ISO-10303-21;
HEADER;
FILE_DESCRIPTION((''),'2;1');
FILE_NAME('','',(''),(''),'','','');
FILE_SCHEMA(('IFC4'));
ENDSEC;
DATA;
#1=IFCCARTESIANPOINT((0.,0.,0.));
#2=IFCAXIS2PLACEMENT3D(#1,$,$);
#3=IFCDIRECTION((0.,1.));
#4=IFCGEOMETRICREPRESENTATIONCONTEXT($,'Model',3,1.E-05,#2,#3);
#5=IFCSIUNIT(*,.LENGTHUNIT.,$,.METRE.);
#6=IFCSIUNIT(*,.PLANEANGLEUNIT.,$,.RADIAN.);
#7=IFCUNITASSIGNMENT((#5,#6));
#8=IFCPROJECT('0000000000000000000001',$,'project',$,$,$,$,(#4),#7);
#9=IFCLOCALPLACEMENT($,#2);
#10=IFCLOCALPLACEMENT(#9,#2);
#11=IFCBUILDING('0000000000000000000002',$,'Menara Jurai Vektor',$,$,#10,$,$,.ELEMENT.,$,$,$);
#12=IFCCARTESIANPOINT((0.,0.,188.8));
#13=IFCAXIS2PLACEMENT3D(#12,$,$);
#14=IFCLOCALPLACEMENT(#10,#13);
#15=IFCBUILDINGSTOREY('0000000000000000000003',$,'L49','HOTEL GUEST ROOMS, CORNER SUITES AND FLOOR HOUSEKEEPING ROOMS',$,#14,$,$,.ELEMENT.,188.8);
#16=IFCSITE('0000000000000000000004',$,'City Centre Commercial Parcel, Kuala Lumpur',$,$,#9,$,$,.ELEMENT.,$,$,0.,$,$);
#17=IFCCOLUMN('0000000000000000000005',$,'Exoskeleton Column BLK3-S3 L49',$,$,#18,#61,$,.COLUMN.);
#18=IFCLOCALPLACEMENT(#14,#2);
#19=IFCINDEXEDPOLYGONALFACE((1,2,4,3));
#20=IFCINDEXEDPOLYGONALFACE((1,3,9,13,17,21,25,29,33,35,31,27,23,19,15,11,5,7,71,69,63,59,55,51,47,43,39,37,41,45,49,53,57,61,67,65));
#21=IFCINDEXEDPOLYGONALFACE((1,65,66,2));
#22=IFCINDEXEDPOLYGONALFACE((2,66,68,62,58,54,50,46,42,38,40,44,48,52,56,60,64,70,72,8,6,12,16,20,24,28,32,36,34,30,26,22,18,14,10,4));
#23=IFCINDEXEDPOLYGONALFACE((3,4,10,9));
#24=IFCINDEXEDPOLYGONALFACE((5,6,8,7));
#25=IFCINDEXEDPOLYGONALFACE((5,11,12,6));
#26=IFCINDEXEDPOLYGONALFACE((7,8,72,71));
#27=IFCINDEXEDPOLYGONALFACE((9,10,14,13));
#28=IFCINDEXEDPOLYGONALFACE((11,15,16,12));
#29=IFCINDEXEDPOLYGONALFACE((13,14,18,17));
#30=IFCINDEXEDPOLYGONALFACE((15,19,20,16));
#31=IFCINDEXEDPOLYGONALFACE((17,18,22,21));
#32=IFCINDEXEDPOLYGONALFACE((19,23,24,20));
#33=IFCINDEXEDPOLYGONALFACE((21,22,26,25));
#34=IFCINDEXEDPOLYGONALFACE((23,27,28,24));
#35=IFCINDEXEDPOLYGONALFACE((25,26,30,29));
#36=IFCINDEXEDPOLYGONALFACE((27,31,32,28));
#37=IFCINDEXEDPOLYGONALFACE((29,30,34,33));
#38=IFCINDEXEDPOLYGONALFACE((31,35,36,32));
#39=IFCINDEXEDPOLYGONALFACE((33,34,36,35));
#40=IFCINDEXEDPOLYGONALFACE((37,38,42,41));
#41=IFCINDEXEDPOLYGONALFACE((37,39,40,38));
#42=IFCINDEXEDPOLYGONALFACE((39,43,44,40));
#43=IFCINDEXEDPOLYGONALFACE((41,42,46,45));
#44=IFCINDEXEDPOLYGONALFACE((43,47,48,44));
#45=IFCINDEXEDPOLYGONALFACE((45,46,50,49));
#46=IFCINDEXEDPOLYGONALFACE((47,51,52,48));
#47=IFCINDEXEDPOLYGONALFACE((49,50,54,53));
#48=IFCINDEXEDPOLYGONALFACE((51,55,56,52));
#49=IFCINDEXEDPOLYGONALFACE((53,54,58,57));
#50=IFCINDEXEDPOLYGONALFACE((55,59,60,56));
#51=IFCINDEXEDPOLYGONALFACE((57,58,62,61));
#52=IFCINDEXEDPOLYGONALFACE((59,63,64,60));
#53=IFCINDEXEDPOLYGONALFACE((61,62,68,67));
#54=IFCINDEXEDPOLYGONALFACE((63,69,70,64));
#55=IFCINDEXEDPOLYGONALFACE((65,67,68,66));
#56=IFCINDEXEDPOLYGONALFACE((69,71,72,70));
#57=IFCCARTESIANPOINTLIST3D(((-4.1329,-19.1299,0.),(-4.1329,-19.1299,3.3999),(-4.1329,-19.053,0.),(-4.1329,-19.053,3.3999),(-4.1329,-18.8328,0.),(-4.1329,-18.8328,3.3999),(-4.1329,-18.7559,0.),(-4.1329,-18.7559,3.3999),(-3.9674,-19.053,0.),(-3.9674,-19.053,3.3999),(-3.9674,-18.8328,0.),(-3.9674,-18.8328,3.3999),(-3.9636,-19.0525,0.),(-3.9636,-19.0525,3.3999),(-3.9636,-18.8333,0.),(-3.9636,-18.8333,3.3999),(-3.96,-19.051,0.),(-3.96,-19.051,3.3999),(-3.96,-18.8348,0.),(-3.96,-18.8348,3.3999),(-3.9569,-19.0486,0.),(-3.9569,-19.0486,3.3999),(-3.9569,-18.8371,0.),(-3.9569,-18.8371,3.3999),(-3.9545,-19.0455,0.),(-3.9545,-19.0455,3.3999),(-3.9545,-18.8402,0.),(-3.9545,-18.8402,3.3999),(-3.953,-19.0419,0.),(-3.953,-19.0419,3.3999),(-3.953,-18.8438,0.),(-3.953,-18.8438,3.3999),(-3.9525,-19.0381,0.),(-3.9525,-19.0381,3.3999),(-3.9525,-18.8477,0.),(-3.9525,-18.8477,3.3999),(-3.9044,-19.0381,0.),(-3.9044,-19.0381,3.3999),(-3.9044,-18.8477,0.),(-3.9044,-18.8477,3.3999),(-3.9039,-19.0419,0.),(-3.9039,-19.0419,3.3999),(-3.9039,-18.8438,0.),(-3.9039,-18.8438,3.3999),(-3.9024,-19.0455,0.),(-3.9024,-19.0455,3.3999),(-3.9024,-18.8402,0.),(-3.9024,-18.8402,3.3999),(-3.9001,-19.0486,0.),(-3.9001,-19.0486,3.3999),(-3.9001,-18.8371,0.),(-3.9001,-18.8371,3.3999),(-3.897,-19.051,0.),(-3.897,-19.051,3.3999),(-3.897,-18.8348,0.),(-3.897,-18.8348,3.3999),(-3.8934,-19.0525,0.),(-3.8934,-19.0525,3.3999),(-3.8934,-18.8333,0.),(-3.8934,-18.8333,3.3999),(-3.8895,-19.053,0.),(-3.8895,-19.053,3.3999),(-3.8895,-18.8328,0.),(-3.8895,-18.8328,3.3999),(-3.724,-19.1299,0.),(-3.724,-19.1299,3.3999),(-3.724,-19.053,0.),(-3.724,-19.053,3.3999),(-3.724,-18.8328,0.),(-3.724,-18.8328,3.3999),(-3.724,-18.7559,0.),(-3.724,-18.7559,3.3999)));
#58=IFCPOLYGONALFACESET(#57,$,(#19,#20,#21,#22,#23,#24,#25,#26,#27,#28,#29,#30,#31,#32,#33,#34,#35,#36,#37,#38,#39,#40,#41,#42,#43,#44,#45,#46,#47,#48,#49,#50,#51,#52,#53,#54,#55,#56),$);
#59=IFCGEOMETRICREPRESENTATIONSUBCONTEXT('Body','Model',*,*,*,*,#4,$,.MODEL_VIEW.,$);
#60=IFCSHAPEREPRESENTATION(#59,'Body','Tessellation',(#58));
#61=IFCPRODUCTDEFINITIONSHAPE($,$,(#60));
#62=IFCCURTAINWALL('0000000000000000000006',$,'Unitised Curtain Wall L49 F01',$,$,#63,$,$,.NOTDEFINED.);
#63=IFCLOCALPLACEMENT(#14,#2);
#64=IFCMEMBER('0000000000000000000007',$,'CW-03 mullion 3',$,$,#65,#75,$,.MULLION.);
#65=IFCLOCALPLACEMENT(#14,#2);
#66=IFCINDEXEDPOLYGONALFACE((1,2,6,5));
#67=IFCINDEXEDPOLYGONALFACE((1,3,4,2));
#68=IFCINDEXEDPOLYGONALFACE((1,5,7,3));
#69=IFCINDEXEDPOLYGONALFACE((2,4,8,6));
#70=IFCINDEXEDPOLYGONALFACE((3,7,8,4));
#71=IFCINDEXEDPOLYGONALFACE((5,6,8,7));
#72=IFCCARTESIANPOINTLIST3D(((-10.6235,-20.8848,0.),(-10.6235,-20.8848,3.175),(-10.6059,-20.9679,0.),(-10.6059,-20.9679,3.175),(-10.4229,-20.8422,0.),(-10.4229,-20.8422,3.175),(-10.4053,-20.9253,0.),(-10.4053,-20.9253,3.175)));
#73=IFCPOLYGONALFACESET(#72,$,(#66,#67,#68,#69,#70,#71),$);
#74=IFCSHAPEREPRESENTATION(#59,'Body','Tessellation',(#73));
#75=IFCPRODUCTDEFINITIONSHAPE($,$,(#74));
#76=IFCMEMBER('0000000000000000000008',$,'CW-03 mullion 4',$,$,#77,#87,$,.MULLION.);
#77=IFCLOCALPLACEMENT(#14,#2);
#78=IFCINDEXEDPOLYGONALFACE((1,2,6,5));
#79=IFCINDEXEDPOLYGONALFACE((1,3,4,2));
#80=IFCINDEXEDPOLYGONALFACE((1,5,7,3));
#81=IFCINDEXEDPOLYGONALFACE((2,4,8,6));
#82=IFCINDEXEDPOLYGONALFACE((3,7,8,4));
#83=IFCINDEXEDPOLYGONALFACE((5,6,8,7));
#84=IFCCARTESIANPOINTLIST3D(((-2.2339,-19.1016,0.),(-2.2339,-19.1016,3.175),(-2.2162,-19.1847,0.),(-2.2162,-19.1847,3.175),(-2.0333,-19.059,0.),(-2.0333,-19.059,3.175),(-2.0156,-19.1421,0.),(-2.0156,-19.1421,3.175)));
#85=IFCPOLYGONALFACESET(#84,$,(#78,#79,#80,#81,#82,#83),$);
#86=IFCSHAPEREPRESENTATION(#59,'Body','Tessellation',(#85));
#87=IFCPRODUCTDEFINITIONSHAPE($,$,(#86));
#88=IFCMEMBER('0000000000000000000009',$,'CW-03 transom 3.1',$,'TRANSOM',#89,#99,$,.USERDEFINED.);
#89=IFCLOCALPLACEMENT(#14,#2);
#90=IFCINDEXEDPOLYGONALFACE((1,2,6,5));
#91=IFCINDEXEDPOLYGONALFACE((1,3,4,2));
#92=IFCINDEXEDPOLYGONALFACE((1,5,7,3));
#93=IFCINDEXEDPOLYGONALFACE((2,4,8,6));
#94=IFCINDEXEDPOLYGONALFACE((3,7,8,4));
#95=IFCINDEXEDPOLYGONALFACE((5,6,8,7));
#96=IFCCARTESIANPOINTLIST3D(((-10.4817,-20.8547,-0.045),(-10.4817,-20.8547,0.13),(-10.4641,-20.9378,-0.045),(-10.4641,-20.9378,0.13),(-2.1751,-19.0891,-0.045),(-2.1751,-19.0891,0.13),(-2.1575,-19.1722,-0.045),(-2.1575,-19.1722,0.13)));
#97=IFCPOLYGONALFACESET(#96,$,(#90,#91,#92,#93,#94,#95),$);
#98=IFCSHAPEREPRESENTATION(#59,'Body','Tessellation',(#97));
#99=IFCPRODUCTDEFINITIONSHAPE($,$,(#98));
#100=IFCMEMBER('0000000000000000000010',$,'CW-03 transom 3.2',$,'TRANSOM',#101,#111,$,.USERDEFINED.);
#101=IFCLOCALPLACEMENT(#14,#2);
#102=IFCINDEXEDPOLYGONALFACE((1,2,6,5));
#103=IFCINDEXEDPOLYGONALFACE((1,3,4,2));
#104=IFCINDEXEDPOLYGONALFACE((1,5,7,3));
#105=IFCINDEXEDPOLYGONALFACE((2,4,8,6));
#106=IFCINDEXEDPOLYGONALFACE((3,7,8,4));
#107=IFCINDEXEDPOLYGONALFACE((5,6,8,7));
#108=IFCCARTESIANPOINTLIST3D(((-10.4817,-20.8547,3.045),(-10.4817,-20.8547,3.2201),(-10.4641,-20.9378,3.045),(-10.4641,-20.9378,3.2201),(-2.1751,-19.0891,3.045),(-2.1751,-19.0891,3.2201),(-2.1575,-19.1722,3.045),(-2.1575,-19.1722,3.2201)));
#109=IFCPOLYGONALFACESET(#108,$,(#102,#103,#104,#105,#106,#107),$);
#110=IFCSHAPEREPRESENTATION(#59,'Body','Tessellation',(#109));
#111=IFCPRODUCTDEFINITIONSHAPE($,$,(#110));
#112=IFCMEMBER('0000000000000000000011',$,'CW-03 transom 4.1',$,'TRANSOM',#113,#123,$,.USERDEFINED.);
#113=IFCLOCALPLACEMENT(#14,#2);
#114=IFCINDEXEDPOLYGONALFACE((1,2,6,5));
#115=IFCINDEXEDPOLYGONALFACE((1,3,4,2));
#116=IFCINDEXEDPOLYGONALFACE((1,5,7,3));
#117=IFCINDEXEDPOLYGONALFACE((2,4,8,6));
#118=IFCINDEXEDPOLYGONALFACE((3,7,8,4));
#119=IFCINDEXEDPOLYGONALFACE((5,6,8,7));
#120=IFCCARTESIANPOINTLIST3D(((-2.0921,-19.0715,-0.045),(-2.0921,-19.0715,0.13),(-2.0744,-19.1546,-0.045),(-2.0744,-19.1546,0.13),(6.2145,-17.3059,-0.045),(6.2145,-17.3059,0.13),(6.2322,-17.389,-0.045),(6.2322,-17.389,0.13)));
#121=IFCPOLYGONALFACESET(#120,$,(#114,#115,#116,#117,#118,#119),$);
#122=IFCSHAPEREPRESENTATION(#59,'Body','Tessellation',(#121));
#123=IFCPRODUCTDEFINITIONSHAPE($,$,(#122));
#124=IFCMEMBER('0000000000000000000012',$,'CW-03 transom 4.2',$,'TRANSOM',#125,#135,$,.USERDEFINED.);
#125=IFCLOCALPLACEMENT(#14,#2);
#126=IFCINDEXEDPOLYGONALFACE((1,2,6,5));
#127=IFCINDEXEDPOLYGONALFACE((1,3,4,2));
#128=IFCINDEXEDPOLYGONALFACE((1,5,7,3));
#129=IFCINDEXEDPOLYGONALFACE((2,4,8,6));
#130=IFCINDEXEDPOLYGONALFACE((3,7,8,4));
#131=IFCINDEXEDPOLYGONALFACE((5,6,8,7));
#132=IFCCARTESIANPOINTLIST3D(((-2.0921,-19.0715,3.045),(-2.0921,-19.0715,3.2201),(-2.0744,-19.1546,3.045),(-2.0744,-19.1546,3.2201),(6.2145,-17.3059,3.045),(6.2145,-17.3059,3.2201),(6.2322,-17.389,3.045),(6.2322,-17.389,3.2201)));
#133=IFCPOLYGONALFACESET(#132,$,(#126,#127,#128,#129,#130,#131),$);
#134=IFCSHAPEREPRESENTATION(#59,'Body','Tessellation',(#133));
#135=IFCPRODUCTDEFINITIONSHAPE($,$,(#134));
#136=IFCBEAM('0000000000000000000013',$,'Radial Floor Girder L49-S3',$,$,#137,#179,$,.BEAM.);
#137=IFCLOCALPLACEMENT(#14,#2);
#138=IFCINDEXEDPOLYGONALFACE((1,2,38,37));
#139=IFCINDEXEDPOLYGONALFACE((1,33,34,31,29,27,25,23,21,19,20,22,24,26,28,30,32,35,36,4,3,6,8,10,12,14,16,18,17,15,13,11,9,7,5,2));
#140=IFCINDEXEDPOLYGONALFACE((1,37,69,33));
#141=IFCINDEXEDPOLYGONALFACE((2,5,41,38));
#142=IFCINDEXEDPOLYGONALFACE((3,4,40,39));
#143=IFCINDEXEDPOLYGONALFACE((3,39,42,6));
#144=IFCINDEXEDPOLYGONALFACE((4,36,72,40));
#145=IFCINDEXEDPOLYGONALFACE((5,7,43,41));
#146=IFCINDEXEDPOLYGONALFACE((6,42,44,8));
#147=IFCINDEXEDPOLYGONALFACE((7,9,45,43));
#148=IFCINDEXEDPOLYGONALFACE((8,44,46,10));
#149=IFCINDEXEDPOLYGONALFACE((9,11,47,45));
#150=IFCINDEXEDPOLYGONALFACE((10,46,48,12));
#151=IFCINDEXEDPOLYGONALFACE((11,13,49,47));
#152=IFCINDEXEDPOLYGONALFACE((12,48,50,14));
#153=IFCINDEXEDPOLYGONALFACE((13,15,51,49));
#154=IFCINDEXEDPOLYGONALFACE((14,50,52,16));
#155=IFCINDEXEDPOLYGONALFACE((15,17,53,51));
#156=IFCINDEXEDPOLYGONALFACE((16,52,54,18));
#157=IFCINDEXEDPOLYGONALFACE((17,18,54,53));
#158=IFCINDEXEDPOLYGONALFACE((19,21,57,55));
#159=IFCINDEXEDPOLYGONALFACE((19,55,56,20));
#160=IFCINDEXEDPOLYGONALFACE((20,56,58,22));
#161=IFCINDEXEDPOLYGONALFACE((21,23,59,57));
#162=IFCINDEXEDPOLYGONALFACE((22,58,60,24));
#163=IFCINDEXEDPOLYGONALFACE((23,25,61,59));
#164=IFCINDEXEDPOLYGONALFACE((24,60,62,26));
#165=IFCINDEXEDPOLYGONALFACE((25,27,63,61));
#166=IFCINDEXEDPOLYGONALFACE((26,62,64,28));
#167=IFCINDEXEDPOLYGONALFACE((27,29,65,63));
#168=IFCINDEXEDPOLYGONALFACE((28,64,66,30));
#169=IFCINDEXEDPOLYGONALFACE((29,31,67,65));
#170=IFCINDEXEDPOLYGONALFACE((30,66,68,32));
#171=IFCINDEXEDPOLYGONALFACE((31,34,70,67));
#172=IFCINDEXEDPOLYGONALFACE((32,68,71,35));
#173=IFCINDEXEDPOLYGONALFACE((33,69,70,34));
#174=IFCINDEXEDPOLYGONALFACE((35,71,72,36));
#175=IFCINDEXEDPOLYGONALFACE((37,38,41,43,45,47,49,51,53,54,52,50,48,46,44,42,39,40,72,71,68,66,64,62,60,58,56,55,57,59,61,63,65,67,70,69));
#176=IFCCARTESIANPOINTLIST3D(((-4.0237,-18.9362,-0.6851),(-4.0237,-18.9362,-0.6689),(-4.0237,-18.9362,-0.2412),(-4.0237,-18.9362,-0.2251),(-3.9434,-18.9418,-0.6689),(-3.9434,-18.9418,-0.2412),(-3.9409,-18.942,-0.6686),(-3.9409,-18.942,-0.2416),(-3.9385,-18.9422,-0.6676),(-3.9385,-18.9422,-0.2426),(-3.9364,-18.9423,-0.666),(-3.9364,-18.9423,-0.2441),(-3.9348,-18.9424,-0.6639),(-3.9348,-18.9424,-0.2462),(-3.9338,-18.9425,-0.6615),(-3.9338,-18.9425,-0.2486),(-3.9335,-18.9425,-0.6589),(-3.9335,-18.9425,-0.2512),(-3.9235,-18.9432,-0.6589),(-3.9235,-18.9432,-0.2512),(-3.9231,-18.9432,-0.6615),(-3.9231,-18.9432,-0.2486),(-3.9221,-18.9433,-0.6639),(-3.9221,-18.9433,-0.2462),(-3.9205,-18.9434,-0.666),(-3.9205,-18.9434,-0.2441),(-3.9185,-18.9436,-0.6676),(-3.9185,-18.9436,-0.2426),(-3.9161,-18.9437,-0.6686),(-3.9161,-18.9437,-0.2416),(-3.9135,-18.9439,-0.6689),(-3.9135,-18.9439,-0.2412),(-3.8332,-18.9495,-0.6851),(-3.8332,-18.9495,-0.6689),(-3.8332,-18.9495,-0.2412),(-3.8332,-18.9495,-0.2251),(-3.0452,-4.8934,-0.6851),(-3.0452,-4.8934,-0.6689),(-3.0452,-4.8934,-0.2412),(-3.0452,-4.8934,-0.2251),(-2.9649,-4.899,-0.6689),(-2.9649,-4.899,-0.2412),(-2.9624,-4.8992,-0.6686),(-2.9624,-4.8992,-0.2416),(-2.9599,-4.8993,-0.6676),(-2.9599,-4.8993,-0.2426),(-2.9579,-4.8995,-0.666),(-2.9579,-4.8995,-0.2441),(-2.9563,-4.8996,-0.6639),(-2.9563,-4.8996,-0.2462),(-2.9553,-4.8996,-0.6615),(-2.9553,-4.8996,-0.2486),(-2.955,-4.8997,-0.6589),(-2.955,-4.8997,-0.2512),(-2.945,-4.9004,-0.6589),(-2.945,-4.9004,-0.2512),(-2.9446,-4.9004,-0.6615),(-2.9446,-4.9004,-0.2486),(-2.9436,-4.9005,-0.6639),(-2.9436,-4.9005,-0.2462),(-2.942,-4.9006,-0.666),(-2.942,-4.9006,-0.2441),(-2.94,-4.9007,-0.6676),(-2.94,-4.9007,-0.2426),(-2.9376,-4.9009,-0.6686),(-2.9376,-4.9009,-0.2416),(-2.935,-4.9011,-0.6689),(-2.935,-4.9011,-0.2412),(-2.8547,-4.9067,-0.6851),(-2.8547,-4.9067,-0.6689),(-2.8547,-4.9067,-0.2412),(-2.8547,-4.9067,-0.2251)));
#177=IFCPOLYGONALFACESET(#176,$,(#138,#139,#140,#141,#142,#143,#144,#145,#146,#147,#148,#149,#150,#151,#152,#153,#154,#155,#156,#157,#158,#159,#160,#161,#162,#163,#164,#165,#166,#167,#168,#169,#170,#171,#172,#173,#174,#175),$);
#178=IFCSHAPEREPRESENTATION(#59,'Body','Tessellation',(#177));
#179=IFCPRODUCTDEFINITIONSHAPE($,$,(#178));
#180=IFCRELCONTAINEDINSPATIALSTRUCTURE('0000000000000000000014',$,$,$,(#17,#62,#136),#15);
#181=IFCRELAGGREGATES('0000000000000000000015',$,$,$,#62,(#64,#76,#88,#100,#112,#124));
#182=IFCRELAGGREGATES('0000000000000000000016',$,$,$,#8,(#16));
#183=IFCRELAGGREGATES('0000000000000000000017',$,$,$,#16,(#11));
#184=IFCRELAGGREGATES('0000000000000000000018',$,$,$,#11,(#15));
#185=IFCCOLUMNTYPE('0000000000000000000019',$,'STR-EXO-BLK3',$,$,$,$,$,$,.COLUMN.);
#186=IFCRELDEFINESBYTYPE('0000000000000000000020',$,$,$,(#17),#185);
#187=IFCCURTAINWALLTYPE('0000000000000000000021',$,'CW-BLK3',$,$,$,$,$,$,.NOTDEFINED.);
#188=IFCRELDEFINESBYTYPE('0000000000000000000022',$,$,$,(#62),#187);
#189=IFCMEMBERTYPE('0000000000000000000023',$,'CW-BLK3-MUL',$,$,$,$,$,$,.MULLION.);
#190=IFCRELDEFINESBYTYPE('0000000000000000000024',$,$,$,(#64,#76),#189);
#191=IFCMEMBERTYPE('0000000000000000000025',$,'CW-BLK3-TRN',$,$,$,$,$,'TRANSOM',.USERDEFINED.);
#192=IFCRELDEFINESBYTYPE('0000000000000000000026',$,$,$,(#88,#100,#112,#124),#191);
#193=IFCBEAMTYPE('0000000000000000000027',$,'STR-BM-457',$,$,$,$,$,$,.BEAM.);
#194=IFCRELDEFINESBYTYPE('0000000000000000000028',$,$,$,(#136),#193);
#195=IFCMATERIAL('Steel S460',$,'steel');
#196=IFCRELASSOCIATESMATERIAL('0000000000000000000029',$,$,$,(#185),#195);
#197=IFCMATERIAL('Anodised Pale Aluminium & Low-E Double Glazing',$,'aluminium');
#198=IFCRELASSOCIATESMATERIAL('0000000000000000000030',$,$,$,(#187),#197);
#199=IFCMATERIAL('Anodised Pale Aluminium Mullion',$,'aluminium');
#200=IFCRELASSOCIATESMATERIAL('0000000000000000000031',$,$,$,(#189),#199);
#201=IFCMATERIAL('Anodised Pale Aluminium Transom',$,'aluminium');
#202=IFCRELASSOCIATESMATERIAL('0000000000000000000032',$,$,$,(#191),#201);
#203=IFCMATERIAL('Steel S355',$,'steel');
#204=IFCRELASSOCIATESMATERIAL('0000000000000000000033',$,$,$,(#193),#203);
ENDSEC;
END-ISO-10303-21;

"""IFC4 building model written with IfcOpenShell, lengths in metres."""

from ifc_helpers import new_model, si_unit, direction, frame, origin, origin_2d, place, context, subcontext, project, spatial, rectangle, i_section, extrude, material, material_profile, profile_set, type_object, element, aggregate, save


model = new_model("IFC4")

# Units and contexts
model_context = context("Model", 3, precision=1e-05, world=origin(), true_north=direction((0.0, 1.0)))
body_context = subcontext(model_context, "Body", "Model", "MODEL_VIEW")
ifc_project = project(units=[si_unit("LENGTHUNIT", "METRE"), si_unit("PLANEANGLEUNIT", "RADIAN")], contexts=[model_context])

# Site, building, storey
site_placement = place(None, origin())
site = spatial("IfcSite", under=ifc_project, at=site_placement, Name="City Centre Commercial Parcel, Kuala Lumpur", CompositionType="ELEMENT", RefElevation=0.0)
building_placement = place(site_placement, origin())
building = spatial("IfcBuilding", under=site, at=building_placement, Name="Menara Jurai Vektor", CompositionType="ELEMENT")
storey_placement = place(building_placement, frame((0.0, 0.0, 188.8)))
storey = spatial("IfcBuildingStorey", under=building, at=storey_placement, Name="L49", Description="HOTEL GUEST ROOMS, CORNER SUITES AND FLOOR HOUSEKEEPING ROOMS", CompositionType="ELEMENT", Elevation=188.8)

# Column
ifc_material_1 = material(Name="Steel S460", Category="steel")
ifc_material_profile_1 = material_profile(ifc_material_1, i_section(OverallWidth=0.4089, OverallDepth=0.374, WebThickness=0.0481, FlangeThickness=0.0769, FilletRadius=0.0149, at=origin_2d()), Name="HD 400x634")
ifc_profile_set_1 = profile_set([ifc_material_profile_1], Name="Steel S460")
column_type = type_object("IfcColumnType", Name="STR-EXO-BLK3", PredefinedType="COLUMN", material=ifc_profile_set_1)
column_placement = place(storey_placement, frame((-3.9285, -18.9429, 0.0), z_axis=(0.0, 0.0, 1.0), x_axis=(1.0, 0.0, 0.0)))
element("IfcColumn", 1, at=column_placement, inside=storey, type_object=column_type, Name="Exoskeleton Column BLK3-S3 L49", PredefinedType="COLUMN", context=body_context, shape_type="SweptSolid", body=[
    extrude(i_section(OverallWidth=0.4089, OverallDepth=0.374, WebThickness=0.0481, FlangeThickness=0.0769, FilletRadius=0.0149, at=origin_2d()), origin(), (0.0, 0.0, 1.0), 3.3999),
])

# Curtain wall, members
ifc_material_2 = material(Name="Anodised Pale Aluminium & Low-E Double Glazing", Category="aluminium")
curtain_wall_type = type_object("IfcCurtainWallType", Name="CW-BLK3", PredefinedType="NOTDEFINED", material=ifc_material_2)
curtain_wall_placement = place(storey_placement, origin())
curtain_wall = element("IfcCurtainWall", 2, at=curtain_wall_placement, inside=storey, type_object=curtain_wall_type, Name="Unitised Curtain Wall L49 F01", PredefinedType="NOTDEFINED")
ifc_material_3 = material(Name="Anodised Pale Aluminium Mullion", Category="aluminium")
ifc_material_profile_2 = material_profile(ifc_material_3, rectangle(XDim=0.085, YDim=0.2051, at=origin_2d()), Name="ALU MUL 85x205")
ifc_profile_set_2 = profile_set([ifc_material_profile_2], Name="Anodised Pale Aluminium Mullion")
member_type_1 = type_object("IfcMemberType", Name="CW-BLK3-MUL", PredefinedType="MULLION", material=ifc_profile_set_2)
member_1_placement = place(storey_placement, frame((-10.5144, -20.905, 0.0), z_axis=(0.0, 0.0, 1.0), x_axis=(-0.207911, 0.978148, 0.0)))
member_1 = element("IfcMember", 3, at=member_1_placement, type_object=member_type_1, Name="CW-03 mullion 3", PredefinedType="MULLION", context=body_context, shape_type="SweptSolid", body=[
    extrude(rectangle(XDim=0.085, YDim=0.2051, at=origin_2d()), origin(), (0.0, 0.0, 1.0), 3.175),
])
member_2_placement = place(storey_placement, frame((-2.1248, -19.1218, 0.0), z_axis=(0.0, 0.0, 1.0), x_axis=(-0.207911, 0.978148, 0.0)))
member_2 = element("IfcMember", 4, at=member_2_placement, type_object=member_type_1, Name="CW-03 mullion 4", PredefinedType="MULLION", context=body_context, shape_type="SweptSolid", body=[
    extrude(rectangle(XDim=0.085, YDim=0.2051, at=origin_2d()), origin(), (0.0, 0.0, 1.0), 3.175),
])
ifc_material_4 = material(Name="Anodised Pale Aluminium Transom", Category="aluminium")
ifc_material_profile_3 = material_profile(ifc_material_4, rectangle(XDim=0.085, YDim=0.175, at=origin_2d()), Name="ALU TRN 85x175")
ifc_profile_set_3 = profile_set([ifc_material_profile_3], Name="Anodised Pale Aluminium Transom")
member_type_2 = type_object("IfcMemberType", Name="CW-BLK3-TRN", ElementType="TRANSOM", PredefinedType="USERDEFINED", material=ifc_profile_set_3)
member_3_placement = place(storey_placement, frame((-10.4729, -20.8962, 0.0425), z_axis=(0.978148, 0.207911, 0.0), x_axis=(-0.207911, 0.978148, 0.0)))
member_3 = element("IfcMember", 5, at=member_3_placement, type_object=member_type_2, Name="CW-03 transom 3.1", ObjectType="TRANSOM", PredefinedType="USERDEFINED", context=body_context, shape_type="SweptSolid", body=[
    extrude(rectangle(XDim=0.085, YDim=0.175, at=origin_2d()), origin(), (0.0, 0.0, 1.0), 8.4922),
])
member_4_placement = place(storey_placement, frame((-10.4729, -20.8962, 3.1326), z_axis=(0.978148, 0.207911, 0.0), x_axis=(-0.207911, 0.978148, 0.0)))
member_4 = element("IfcMember", 6, at=member_4_placement, type_object=member_type_2, Name="CW-03 transom 3.2", ObjectType="TRANSOM", PredefinedType="USERDEFINED", context=body_context, shape_type="SweptSolid", body=[
    extrude(rectangle(XDim=0.085, YDim=0.175, at=origin_2d()), origin(), (0.0, 0.0, 1.0), 8.4922),
])
member_5_placement = place(storey_placement, frame((-2.0833, -19.113, 0.0425), z_axis=(0.978148, 0.207911, 0.0), x_axis=(-0.207911, 0.978148, 0.0)))
member_5 = element("IfcMember", 7, at=member_5_placement, type_object=member_type_2, Name="CW-03 transom 4.1", ObjectType="TRANSOM", PredefinedType="USERDEFINED", context=body_context, shape_type="SweptSolid", body=[
    extrude(rectangle(XDim=0.085, YDim=0.175, at=origin_2d()), origin(), (0.0, 0.0, 1.0), 8.4922),
])
member_6_placement = place(storey_placement, frame((-2.0833, -19.113, 3.1326), z_axis=(0.978148, 0.207911, 0.0), x_axis=(-0.207911, 0.978148, 0.0)))
member_6 = element("IfcMember", 8, at=member_6_placement, type_object=member_type_2, Name="CW-03 transom 4.2", ObjectType="TRANSOM", PredefinedType="USERDEFINED", context=body_context, shape_type="SweptSolid", body=[
    extrude(rectangle(XDim=0.085, YDim=0.175, at=origin_2d()), origin(), (0.0, 0.0, 1.0), 8.4922),
])

# Beam
ifc_material_5 = material(Name="Steel S355", Category="steel")
ifc_material_profile_4 = material_profile(ifc_material_5, i_section(OverallWidth=0.1909, OverallDepth=0.46, WebThickness=0.01, FlangeThickness=0.0161, FilletRadius=0.01, at=origin_2d()), Name="UKB 457x191x82")
ifc_profile_set_4 = profile_set([ifc_material_profile_4], Name="Steel S355")
beam_type_1 = type_object("IfcBeamType", Name="STR-BM-457", PredefinedType="BEAM", material=ifc_profile_set_4)
beam_1_placement = place(storey_placement, frame((-3.9285, -18.9429, -0.4551), z_axis=(0.069512, 0.997581, 0.0), x_axis=(-0.997581, 0.069512, 0.0)))
element("IfcBeam", 9, at=beam_1_placement, inside=storey, type_object=beam_type_1, Name="Radial Floor Girder L49-S3", PredefinedType="BEAM", context=body_context, shape_type="SweptSolid", body=[
    extrude(i_section(OverallWidth=0.1909, OverallDepth=0.46, WebThickness=0.01, FlangeThickness=0.0161, FilletRadius=0.01, at=origin_2d()), origin(), (0.0, 0.0, 1.0), 14.0769),
])

aggregate(curtain_wall, [member_1, member_2, member_3, member_4, member_5, member_6])

save(model, "model.ifc")
